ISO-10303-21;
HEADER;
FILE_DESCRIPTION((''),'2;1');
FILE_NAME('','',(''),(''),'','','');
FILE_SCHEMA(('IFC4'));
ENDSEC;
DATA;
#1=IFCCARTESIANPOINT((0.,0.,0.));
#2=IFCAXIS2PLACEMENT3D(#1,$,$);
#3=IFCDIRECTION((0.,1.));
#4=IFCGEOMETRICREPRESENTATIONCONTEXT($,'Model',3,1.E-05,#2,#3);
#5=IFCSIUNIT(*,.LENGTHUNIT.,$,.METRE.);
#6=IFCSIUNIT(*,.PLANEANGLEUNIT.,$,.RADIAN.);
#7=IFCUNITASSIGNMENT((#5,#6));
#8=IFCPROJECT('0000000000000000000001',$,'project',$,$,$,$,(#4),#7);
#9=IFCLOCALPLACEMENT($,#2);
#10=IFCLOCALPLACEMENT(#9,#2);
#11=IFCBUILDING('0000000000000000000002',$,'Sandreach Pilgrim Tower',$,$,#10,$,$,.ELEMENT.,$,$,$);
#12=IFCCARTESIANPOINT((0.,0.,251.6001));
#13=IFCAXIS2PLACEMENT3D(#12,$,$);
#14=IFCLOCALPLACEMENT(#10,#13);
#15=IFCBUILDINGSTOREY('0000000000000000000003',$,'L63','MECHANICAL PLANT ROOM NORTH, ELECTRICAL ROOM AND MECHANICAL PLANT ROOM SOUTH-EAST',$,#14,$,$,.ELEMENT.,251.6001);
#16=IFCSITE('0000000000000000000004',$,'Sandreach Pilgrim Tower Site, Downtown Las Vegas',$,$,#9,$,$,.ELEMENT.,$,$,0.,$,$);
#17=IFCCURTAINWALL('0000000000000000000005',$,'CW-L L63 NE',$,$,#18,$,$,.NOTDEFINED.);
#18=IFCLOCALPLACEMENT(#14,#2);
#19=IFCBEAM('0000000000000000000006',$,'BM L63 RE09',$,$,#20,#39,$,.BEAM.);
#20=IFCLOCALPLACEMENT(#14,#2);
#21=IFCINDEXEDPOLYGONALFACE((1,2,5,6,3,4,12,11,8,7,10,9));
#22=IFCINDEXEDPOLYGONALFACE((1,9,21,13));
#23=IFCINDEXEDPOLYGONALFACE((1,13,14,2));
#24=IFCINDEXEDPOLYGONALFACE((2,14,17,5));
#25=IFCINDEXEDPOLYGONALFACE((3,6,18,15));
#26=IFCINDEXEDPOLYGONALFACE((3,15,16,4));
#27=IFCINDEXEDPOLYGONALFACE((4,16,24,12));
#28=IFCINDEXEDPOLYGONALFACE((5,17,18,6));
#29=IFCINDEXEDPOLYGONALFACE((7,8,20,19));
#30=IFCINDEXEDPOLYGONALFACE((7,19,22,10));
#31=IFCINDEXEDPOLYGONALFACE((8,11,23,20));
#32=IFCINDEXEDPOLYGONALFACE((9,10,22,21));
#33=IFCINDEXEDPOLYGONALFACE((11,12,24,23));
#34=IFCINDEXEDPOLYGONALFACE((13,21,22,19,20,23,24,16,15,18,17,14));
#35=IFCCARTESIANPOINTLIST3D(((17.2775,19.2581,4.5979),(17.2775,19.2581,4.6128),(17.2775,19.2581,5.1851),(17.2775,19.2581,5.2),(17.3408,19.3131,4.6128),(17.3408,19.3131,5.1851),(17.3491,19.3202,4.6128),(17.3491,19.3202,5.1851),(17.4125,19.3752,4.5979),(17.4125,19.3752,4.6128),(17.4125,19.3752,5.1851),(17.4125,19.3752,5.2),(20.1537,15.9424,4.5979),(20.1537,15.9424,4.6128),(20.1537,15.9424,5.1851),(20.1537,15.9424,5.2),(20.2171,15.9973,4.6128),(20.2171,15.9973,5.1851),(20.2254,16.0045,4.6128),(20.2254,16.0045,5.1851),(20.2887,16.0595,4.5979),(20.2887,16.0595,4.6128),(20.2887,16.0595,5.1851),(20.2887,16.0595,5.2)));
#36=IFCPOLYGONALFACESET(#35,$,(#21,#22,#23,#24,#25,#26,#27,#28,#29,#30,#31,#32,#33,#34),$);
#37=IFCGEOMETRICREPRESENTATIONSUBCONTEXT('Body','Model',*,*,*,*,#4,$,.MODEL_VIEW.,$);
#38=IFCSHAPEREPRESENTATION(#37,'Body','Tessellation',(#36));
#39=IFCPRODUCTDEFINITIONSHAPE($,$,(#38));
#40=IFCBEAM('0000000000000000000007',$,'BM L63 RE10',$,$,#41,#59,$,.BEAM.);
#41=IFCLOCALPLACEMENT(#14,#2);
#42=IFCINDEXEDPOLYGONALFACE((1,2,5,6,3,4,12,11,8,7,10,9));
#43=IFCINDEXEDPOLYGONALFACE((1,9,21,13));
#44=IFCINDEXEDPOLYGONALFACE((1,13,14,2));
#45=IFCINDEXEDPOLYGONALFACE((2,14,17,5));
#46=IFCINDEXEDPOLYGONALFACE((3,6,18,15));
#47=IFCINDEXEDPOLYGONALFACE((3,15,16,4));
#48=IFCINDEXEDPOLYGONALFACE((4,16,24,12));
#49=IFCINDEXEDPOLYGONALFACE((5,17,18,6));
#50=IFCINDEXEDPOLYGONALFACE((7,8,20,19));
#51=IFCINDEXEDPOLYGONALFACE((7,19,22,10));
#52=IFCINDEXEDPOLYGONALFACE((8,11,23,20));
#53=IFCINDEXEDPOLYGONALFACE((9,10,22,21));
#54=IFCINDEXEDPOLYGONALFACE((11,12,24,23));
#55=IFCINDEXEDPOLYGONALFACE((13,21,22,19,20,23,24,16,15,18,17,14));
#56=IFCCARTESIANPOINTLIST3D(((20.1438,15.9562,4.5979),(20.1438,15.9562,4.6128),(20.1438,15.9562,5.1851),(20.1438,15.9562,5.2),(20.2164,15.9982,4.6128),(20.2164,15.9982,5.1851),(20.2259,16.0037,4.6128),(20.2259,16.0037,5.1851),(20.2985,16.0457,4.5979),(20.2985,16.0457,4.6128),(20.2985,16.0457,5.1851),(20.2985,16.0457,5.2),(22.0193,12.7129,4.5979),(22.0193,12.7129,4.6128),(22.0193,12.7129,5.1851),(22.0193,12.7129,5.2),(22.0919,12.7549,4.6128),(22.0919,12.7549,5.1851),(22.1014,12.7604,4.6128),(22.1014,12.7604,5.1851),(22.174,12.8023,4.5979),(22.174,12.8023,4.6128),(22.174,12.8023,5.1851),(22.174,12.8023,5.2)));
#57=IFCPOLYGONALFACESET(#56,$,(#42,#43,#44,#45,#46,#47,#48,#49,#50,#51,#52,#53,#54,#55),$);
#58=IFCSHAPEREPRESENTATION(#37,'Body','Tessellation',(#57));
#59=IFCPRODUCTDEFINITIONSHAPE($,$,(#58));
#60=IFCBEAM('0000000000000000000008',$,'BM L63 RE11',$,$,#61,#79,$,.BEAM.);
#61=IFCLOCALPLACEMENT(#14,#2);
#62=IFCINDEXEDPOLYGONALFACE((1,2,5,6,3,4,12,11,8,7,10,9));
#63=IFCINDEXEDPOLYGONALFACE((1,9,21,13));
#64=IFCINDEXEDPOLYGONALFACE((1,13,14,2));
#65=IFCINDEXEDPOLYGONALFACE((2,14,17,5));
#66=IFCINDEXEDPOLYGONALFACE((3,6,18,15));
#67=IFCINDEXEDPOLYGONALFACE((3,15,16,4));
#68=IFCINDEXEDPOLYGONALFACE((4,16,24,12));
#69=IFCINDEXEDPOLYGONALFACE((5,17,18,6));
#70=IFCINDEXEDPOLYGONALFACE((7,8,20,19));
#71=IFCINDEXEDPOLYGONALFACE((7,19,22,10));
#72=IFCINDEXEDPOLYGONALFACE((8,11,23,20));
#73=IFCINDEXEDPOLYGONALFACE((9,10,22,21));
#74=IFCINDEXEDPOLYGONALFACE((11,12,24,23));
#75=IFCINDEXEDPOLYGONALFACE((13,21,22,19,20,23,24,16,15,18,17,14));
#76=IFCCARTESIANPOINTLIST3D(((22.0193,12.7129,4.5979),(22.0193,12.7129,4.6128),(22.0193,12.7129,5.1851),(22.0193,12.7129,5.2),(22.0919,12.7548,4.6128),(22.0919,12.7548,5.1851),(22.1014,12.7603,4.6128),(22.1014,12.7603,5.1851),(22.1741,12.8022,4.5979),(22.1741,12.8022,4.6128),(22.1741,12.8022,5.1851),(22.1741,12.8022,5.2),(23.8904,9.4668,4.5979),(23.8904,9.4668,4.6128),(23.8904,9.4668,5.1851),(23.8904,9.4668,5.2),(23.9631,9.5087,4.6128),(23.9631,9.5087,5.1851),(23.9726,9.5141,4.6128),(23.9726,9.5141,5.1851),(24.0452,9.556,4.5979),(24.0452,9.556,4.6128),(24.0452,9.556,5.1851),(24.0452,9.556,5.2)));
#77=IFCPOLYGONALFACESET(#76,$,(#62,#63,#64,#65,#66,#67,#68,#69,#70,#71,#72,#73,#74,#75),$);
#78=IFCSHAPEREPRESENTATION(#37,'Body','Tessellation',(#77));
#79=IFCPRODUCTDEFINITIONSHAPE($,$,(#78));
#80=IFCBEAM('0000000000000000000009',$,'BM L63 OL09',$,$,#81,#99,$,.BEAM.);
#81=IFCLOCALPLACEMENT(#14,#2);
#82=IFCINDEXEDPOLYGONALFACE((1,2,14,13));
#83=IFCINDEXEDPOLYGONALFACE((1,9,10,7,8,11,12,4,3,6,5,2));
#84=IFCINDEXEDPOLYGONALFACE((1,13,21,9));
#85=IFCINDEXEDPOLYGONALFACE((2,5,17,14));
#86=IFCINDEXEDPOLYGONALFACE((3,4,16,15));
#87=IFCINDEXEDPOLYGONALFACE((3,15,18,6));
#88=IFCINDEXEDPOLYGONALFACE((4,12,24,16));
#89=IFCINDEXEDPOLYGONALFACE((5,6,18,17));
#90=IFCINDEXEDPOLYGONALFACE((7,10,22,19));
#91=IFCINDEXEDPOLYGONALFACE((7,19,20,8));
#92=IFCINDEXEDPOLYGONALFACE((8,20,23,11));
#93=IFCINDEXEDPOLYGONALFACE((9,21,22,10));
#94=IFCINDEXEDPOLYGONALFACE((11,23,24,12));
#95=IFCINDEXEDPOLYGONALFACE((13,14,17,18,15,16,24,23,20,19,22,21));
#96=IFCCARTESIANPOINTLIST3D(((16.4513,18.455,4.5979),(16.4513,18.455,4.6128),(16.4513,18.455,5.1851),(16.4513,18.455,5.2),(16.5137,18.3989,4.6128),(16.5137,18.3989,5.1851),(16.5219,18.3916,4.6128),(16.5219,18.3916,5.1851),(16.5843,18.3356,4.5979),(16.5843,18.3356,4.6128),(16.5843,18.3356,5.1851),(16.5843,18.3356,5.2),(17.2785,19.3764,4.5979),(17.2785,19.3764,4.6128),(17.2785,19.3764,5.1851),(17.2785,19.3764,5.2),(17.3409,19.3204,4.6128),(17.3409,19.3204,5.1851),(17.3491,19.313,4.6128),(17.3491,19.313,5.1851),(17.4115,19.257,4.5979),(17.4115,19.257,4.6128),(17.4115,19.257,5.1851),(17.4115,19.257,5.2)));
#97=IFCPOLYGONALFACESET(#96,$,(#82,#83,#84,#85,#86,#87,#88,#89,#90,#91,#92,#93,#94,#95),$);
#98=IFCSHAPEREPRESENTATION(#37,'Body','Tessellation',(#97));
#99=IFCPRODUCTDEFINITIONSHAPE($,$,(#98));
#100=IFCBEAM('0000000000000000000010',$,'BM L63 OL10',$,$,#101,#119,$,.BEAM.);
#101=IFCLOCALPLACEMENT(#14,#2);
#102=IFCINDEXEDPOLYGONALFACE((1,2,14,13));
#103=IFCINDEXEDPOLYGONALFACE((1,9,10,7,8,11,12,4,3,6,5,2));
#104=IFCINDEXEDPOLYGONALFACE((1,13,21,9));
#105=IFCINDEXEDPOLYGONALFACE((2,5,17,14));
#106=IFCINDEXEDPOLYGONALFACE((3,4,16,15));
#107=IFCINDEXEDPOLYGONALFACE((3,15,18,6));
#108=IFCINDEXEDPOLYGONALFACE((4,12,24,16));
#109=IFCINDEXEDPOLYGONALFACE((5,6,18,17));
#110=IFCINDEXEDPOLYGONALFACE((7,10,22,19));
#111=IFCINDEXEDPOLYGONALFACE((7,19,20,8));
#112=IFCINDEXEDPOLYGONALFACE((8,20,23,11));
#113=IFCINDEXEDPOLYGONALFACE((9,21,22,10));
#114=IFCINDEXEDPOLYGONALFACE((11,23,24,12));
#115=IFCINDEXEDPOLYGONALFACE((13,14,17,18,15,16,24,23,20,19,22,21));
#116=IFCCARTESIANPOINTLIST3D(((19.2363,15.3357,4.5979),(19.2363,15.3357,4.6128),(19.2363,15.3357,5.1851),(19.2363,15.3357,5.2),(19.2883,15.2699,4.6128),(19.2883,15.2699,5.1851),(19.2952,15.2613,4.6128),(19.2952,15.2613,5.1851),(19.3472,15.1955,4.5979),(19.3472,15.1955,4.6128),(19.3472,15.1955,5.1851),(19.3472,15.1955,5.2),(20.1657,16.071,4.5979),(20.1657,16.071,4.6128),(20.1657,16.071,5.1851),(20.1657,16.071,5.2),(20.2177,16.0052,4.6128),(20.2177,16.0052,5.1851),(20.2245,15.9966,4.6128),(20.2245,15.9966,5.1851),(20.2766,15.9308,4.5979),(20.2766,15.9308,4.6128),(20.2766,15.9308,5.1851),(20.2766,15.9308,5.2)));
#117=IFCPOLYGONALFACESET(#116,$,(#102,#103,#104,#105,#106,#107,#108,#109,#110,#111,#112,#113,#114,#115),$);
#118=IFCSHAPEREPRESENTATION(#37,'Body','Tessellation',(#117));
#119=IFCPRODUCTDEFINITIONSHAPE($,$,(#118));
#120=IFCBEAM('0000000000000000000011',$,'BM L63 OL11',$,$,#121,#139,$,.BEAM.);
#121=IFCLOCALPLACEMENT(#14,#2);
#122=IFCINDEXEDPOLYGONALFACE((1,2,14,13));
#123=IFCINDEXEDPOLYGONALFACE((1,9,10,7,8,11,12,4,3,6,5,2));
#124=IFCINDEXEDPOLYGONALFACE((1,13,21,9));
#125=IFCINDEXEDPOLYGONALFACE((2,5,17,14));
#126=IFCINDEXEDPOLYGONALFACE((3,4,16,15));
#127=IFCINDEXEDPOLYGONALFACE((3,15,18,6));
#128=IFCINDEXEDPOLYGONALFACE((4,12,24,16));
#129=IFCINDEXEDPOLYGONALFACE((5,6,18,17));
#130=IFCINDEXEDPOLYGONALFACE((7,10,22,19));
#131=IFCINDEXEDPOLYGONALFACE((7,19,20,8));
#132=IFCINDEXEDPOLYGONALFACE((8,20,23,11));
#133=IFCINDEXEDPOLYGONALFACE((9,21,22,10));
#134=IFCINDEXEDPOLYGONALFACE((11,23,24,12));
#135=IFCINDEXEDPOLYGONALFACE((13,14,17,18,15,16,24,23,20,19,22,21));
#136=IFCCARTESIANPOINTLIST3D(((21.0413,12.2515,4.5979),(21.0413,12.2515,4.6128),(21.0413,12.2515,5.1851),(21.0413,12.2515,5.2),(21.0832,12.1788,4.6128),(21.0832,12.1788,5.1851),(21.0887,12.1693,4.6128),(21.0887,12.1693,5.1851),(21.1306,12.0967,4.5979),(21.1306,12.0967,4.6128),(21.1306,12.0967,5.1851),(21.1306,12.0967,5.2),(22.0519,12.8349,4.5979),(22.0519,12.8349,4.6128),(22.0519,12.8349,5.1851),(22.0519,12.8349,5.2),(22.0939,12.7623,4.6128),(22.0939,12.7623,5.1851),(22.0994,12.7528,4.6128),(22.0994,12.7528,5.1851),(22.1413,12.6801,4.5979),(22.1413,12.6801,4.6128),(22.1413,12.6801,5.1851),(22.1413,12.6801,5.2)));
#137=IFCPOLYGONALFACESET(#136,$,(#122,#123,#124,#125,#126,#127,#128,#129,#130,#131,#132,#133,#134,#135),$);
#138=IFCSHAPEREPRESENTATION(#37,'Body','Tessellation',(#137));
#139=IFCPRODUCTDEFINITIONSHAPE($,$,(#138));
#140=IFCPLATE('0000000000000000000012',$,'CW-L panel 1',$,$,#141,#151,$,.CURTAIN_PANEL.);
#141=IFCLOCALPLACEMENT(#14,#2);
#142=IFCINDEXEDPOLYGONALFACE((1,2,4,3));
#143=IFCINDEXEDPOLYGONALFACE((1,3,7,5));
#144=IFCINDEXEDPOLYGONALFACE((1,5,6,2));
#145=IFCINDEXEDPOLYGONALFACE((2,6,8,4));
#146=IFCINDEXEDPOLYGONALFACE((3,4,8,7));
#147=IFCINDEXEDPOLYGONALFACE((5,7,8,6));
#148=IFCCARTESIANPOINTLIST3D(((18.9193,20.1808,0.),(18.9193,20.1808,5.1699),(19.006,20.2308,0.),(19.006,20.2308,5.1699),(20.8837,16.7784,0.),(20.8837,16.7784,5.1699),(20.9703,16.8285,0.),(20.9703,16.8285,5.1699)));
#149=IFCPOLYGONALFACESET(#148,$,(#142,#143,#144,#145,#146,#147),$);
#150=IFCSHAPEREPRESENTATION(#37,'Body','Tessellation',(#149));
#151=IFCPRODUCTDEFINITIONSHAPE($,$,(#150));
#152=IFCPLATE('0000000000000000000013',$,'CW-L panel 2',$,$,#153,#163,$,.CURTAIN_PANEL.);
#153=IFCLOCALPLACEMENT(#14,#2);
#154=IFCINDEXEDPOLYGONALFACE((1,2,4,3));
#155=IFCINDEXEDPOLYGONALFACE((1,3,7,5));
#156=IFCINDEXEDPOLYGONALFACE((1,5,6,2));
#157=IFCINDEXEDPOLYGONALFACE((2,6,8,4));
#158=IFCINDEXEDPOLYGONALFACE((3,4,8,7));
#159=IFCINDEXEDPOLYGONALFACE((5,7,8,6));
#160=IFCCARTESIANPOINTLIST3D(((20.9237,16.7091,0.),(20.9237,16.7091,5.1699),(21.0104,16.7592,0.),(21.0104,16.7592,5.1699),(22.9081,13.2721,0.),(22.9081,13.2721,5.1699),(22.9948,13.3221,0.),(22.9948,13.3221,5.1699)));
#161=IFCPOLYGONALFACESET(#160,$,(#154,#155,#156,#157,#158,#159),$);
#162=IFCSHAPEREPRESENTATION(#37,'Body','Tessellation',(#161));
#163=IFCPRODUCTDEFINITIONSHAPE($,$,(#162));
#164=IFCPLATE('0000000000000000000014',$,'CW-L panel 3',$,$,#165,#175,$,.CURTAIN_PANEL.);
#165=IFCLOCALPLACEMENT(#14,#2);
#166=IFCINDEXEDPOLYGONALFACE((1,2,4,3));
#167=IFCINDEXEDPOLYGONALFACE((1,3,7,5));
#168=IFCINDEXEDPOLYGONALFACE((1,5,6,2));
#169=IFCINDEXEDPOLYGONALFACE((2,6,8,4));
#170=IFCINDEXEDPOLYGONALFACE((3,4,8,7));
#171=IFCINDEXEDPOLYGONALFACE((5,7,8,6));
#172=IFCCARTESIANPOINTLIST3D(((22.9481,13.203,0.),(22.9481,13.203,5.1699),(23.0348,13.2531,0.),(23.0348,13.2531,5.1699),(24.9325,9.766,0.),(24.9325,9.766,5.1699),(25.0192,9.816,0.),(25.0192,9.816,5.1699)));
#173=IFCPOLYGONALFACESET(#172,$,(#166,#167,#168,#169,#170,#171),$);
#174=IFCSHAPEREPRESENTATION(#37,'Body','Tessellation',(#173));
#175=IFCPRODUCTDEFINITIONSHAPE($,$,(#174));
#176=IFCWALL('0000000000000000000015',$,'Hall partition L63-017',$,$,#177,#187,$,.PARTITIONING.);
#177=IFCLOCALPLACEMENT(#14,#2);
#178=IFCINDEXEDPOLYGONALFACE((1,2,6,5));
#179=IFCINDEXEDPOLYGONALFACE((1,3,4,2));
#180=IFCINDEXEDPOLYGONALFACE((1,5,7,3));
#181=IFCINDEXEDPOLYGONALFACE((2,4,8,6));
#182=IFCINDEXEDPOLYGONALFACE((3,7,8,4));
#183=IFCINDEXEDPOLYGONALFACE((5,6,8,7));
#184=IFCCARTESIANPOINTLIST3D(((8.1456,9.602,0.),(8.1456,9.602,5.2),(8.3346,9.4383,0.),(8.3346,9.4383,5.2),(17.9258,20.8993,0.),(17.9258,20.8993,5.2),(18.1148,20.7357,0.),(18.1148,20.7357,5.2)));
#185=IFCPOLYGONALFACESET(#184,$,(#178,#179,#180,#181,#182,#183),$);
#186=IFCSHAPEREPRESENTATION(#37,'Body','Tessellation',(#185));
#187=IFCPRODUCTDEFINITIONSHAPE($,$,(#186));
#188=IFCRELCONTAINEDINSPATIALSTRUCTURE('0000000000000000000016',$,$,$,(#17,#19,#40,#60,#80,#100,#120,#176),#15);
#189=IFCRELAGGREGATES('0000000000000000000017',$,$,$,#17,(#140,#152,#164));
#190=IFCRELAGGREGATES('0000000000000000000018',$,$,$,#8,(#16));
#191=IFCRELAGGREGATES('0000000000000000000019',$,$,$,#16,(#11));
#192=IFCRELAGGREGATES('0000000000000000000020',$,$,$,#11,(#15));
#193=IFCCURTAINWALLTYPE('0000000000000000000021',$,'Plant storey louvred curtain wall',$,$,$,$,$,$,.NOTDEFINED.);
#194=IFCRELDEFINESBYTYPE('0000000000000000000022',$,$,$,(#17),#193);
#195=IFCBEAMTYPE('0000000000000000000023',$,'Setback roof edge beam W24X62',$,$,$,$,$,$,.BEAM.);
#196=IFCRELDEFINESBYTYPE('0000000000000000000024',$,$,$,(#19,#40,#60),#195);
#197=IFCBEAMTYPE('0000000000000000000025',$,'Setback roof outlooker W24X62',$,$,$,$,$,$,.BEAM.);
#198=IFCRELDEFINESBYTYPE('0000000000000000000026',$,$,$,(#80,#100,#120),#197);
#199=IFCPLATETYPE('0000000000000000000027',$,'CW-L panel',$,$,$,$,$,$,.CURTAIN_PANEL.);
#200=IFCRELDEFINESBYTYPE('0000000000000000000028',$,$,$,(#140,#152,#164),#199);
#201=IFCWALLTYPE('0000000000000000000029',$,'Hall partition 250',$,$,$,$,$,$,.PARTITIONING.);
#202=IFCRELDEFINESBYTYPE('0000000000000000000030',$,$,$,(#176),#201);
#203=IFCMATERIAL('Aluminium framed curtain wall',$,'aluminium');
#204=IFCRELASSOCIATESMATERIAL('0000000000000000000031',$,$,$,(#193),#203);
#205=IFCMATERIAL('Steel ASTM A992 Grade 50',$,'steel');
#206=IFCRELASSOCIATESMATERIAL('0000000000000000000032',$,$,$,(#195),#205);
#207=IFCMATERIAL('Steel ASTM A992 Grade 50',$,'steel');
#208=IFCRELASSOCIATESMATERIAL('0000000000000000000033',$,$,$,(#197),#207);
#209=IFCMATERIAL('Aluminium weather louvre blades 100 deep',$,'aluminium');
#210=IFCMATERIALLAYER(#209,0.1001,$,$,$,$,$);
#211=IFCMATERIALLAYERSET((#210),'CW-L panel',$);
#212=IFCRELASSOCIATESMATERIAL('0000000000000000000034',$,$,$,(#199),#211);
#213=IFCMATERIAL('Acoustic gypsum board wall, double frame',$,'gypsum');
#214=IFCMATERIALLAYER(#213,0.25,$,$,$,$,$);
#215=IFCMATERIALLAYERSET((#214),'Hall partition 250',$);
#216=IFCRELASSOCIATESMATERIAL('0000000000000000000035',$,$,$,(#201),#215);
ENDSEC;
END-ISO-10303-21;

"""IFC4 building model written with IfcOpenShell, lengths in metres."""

from ifc_helpers import new_model, si_unit, direction, frame, frame_2d, origin, origin_2d, place, context, subcontext, project, spatial, rectangle, i_section, extrude, material, layer, layer_set, material_profile, profile_set, type_object, element, aggregate, save


model = new_model("IFC4")

# Units and contexts
model_context = context("Model", 3, precision=1e-05, world=origin(), true_north=direction((0.0, 1.0)))
body_context = subcontext(model_context, "Body", "Model", "MODEL_VIEW")
ifc_project = project(units=[si_unit("LENGTHUNIT", "METRE"), si_unit("PLANEANGLEUNIT", "RADIAN")], contexts=[model_context])

# Site, building, storey
site_placement = place(None, origin())
site = spatial("IfcSite", under=ifc_project, at=site_placement, Name="Sandreach Pilgrim Tower Site, Downtown Las Vegas", CompositionType="ELEMENT", RefElevation=0.0)
building_placement = place(site_placement, origin())
building = spatial("IfcBuilding", under=site, at=building_placement, Name="Sandreach Pilgrim Tower", CompositionType="ELEMENT")
storey_placement = place(building_placement, frame((0.0, 0.0, 251.6001)))
storey = spatial("IfcBuildingStorey", under=building, at=storey_placement, Name="L63", Description="MECHANICAL PLANT ROOM NORTH, ELECTRICAL ROOM AND MECHANICAL PLANT ROOM SOUTH-EAST", CompositionType="ELEMENT", Elevation=251.6001)

# Shared definitions
ifc_material_1 = material(Name="Aluminium framed curtain wall", Category="aluminium")
curtain_wall_type = type_object("IfcCurtainWallType", Name="Plant storey louvred curtain wall", PredefinedType="NOTDEFINED", material=ifc_material_1)

# Curtain wall
curtain_wall_1_placement = place(storey_placement, origin())
curtain_wall_1 = element("IfcCurtainWall", 1, at=curtain_wall_1_placement, inside=storey, type_object=curtain_wall_type, Name="CW-L L63 NE", PredefinedType="NOTDEFINED")

# Beams
ifc_material_2 = material(Name="Steel ASTM A992 Grade 50", Category="steel")
ifc_material_profile_1 = material_profile(ifc_material_2, i_section(OverallWidth=0.1787, OverallDepth=0.6021, WebThickness=0.011, FlangeThickness=0.0149, at=origin_2d()), Name="W24X62")
ifc_profile_set_1 = profile_set([ifc_material_profile_1], Name="Steel ASTM A992 Grade 50")
beam_type_1 = type_object("IfcBeamType", Name="Setback roof edge beam W24X62", PredefinedType="BEAM", material=ifc_profile_set_1)
beam_1_placement = place(storey_placement, frame((17.345, 19.3167, 4.8989), z_axis=(0.655274, -0.755392, 0.0), x_axis=(0.755392, 0.655274, 0.0)))
element("IfcBeam", 2, at=beam_1_placement, inside=storey, type_object=beam_type_1, Name="BM L63 RE09", PredefinedType="BEAM", context=body_context, shape_type="SweptSolid", body=[
    extrude(i_section(OverallWidth=0.1787, OverallDepth=0.6021, WebThickness=0.011, FlangeThickness=0.0149, at=origin_2d()), origin(), (0.0, 0.0, 1.0), 4.3894),
])
beam_2_placement = place(storey_placement, frame((20.2212, 16.001, 4.8989), z_axis=(0.500582, -0.865689, 0.0), x_axis=(0.865689, 0.500582, 0.0)))
element("IfcBeam", 3, at=beam_2_placement, inside=storey, type_object=beam_type_1, Name="BM L63 RE10", PredefinedType="BEAM", context=body_context, shape_type="SweptSolid", body=[
    extrude(i_section(OverallWidth=0.1787, OverallDepth=0.6021, WebThickness=0.011, FlangeThickness=0.0149, at=origin_2d()), origin(), (0.0, 0.0, 1.0), 3.7466),
])
beam_3_placement = place(storey_placement, frame((22.0967, 12.7576, 4.8989), z_axis=(0.499391, -0.866376, 0.0), x_axis=(0.866376, 0.499391, 0.0)))
element("IfcBeam", 4, at=beam_3_placement, inside=storey, type_object=beam_type_1, Name="BM L63 RE11", PredefinedType="BEAM", context=body_context, shape_type="SweptSolid", body=[
    extrude(i_section(OverallWidth=0.1787, OverallDepth=0.6021, WebThickness=0.011, FlangeThickness=0.0149, at=origin_2d()), origin(), (0.0, 0.0, 1.0), 3.7468),
])
ifc_material_3 = material(Name="Steel ASTM A992 Grade 50", Category="steel")
ifc_material_profile_2 = material_profile(ifc_material_3, i_section(OverallWidth=0.1787, OverallDepth=0.6021, WebThickness=0.011, FlangeThickness=0.0149, at=origin_2d()), Name="W24X62")
ifc_profile_set_2 = profile_set([ifc_material_profile_2], Name="Steel ASTM A992 Grade 50")
beam_type_2 = type_object("IfcBeamType", Name="Setback roof outlooker W24X62", PredefinedType="BEAM", material=ifc_profile_set_2)
beam_4_placement = place(storey_placement, frame((16.5178, 18.3953, 4.8989), z_axis=(0.668027, 0.744137, 0.0), x_axis=(-0.744137, 0.668027, 0.0)))
element("IfcBeam", 5, at=beam_4_placement, inside=storey, type_object=beam_type_2, Name="BM L63 OL09", PredefinedType="BEAM", context=body_context, shape_type="SweptSolid", body=[
    extrude(i_section(OverallWidth=0.1787, OverallDepth=0.6021, WebThickness=0.011, FlangeThickness=0.0149, at=origin_2d()), origin(), (0.0, 0.0, 1.0), 1.2383),
])
beam_5_placement = place(storey_placement, frame((19.2917, 15.2656, 4.8989), z_axis=(0.784234, 0.620465, 0.0), x_axis=(-0.620465, 0.784234, 0.0)))
element("IfcBeam", 6, at=beam_5_placement, inside=storey, type_object=beam_type_2, Name="BM L63 OL10", PredefinedType="BEAM", context=body_context, shape_type="SweptSolid", body=[
    extrude(i_section(OverallWidth=0.1787, OverallDepth=0.6021, WebThickness=0.011, FlangeThickness=0.0149, at=origin_2d()), origin(), (0.0, 0.0, 1.0), 1.1851),
])
beam_6_placement = place(storey_placement, frame((21.0859, 12.1741, 4.8989), z_axis=(0.866046, 0.499964, 0.0), x_axis=(-0.499964, 0.866046, 0.0)))
element("IfcBeam", 7, at=beam_6_placement, inside=storey, type_object=beam_type_2, Name="BM L63 OL11", PredefinedType="BEAM", context=body_context, shape_type="SweptSolid", body=[
    extrude(i_section(OverallWidth=0.1787, OverallDepth=0.6021, WebThickness=0.011, FlangeThickness=0.0149, at=origin_2d()), origin(), (0.0, 0.0, 1.0), 1.167),
])

# Plates
ifc_material_4 = material(Name="Aluminium weather louvre blades 100 deep", Category="aluminium")
ifc_layer_1 = layer(ifc_material_4, 0.1001)
ifc_layer_set_1 = layer_set([ifc_layer_1], Name="CW-L panel")
plate_type = type_object("IfcPlateType", Name="CW-L panel", PredefinedType="CURTAIN_PANEL", material=ifc_layer_set_1)
plate_1_placement = place(storey_placement, frame((19.9448, 18.5046, 0.0), z_axis=(0.0, 0.0, 1.0), x_axis=(0.5, -0.866025, 0.0)))
plate_1 = element("IfcPlate", 8, at=plate_1_placement, type_object=plate_type, Name="CW-L panel 1", PredefinedType="CURTAIN_PANEL", context=body_context, shape_type="SweptSolid", body=[
    extrude(rectangle(XDim=3.9287, YDim=0.1001, at=origin_2d()), origin(), (0.0, 0.0, 1.0), 5.1699),
])
plate_2_placement = place(storey_placement, frame((21.9592, 15.0156, 0.0), z_axis=(0.0, 0.0, 1.0), x_axis=(0.5, -0.866025, 0.0)))
plate_2 = element("IfcPlate", 9, at=plate_2_placement, type_object=plate_type, Name="CW-L panel 2", PredefinedType="CURTAIN_PANEL", context=body_context, shape_type="SweptSolid", body=[
    extrude(rectangle(XDim=3.9688, YDim=0.1001, at=origin_2d()), origin(), (0.0, 0.0, 1.0), 5.1699),
])
plate_3_placement = place(storey_placement, frame((23.9836, 11.5095, 0.0), z_axis=(0.0, 0.0, 1.0), x_axis=(0.5, -0.866025, 0.0)))
plate_3 = element("IfcPlate", 10, at=plate_3_placement, type_object=plate_type, Name="CW-L panel 3", PredefinedType="CURTAIN_PANEL", context=body_context, shape_type="SweptSolid", body=[
    extrude(rectangle(XDim=3.9688, YDim=0.1001, at=origin_2d()), origin(), (0.0, 0.0, 1.0), 5.1699),
])
aggregate(curtain_wall_1, [plate_1, plate_2, plate_3])

# Wall
ifc_material_5 = material(Name="Acoustic gypsum board wall, double frame", Category="gypsum")
ifc_layer_2 = layer(ifc_material_5, 0.25)
ifc_layer_set_2 = layer_set([ifc_layer_2], Name="Hall partition 250")
wall_type_1 = type_object("IfcWallType", Name="Hall partition 250", PredefinedType="PARTITIONING", material=ifc_layer_set_2)
wall_1_placement = place(storey_placement, frame((18.0203, 20.8174, 0.0), z_axis=(0.0, 0.0, 1.0), x_axis=(-0.654519, -0.756046, 0.0)))
element("IfcWall", 11, at=wall_1_placement, inside=storey, type_object=wall_type_1, Name="Hall partition L63-017", PredefinedType="PARTITIONING", context=body_context, shape_type="SweptSolid", body=[
    extrude(rectangle(XDim=14.9426, YDim=0.25, at=frame_2d((7.4712, 0.0))), origin(), (0.0, 0.0, 1.0), 5.2),
])

save(model, "model.ifc")
